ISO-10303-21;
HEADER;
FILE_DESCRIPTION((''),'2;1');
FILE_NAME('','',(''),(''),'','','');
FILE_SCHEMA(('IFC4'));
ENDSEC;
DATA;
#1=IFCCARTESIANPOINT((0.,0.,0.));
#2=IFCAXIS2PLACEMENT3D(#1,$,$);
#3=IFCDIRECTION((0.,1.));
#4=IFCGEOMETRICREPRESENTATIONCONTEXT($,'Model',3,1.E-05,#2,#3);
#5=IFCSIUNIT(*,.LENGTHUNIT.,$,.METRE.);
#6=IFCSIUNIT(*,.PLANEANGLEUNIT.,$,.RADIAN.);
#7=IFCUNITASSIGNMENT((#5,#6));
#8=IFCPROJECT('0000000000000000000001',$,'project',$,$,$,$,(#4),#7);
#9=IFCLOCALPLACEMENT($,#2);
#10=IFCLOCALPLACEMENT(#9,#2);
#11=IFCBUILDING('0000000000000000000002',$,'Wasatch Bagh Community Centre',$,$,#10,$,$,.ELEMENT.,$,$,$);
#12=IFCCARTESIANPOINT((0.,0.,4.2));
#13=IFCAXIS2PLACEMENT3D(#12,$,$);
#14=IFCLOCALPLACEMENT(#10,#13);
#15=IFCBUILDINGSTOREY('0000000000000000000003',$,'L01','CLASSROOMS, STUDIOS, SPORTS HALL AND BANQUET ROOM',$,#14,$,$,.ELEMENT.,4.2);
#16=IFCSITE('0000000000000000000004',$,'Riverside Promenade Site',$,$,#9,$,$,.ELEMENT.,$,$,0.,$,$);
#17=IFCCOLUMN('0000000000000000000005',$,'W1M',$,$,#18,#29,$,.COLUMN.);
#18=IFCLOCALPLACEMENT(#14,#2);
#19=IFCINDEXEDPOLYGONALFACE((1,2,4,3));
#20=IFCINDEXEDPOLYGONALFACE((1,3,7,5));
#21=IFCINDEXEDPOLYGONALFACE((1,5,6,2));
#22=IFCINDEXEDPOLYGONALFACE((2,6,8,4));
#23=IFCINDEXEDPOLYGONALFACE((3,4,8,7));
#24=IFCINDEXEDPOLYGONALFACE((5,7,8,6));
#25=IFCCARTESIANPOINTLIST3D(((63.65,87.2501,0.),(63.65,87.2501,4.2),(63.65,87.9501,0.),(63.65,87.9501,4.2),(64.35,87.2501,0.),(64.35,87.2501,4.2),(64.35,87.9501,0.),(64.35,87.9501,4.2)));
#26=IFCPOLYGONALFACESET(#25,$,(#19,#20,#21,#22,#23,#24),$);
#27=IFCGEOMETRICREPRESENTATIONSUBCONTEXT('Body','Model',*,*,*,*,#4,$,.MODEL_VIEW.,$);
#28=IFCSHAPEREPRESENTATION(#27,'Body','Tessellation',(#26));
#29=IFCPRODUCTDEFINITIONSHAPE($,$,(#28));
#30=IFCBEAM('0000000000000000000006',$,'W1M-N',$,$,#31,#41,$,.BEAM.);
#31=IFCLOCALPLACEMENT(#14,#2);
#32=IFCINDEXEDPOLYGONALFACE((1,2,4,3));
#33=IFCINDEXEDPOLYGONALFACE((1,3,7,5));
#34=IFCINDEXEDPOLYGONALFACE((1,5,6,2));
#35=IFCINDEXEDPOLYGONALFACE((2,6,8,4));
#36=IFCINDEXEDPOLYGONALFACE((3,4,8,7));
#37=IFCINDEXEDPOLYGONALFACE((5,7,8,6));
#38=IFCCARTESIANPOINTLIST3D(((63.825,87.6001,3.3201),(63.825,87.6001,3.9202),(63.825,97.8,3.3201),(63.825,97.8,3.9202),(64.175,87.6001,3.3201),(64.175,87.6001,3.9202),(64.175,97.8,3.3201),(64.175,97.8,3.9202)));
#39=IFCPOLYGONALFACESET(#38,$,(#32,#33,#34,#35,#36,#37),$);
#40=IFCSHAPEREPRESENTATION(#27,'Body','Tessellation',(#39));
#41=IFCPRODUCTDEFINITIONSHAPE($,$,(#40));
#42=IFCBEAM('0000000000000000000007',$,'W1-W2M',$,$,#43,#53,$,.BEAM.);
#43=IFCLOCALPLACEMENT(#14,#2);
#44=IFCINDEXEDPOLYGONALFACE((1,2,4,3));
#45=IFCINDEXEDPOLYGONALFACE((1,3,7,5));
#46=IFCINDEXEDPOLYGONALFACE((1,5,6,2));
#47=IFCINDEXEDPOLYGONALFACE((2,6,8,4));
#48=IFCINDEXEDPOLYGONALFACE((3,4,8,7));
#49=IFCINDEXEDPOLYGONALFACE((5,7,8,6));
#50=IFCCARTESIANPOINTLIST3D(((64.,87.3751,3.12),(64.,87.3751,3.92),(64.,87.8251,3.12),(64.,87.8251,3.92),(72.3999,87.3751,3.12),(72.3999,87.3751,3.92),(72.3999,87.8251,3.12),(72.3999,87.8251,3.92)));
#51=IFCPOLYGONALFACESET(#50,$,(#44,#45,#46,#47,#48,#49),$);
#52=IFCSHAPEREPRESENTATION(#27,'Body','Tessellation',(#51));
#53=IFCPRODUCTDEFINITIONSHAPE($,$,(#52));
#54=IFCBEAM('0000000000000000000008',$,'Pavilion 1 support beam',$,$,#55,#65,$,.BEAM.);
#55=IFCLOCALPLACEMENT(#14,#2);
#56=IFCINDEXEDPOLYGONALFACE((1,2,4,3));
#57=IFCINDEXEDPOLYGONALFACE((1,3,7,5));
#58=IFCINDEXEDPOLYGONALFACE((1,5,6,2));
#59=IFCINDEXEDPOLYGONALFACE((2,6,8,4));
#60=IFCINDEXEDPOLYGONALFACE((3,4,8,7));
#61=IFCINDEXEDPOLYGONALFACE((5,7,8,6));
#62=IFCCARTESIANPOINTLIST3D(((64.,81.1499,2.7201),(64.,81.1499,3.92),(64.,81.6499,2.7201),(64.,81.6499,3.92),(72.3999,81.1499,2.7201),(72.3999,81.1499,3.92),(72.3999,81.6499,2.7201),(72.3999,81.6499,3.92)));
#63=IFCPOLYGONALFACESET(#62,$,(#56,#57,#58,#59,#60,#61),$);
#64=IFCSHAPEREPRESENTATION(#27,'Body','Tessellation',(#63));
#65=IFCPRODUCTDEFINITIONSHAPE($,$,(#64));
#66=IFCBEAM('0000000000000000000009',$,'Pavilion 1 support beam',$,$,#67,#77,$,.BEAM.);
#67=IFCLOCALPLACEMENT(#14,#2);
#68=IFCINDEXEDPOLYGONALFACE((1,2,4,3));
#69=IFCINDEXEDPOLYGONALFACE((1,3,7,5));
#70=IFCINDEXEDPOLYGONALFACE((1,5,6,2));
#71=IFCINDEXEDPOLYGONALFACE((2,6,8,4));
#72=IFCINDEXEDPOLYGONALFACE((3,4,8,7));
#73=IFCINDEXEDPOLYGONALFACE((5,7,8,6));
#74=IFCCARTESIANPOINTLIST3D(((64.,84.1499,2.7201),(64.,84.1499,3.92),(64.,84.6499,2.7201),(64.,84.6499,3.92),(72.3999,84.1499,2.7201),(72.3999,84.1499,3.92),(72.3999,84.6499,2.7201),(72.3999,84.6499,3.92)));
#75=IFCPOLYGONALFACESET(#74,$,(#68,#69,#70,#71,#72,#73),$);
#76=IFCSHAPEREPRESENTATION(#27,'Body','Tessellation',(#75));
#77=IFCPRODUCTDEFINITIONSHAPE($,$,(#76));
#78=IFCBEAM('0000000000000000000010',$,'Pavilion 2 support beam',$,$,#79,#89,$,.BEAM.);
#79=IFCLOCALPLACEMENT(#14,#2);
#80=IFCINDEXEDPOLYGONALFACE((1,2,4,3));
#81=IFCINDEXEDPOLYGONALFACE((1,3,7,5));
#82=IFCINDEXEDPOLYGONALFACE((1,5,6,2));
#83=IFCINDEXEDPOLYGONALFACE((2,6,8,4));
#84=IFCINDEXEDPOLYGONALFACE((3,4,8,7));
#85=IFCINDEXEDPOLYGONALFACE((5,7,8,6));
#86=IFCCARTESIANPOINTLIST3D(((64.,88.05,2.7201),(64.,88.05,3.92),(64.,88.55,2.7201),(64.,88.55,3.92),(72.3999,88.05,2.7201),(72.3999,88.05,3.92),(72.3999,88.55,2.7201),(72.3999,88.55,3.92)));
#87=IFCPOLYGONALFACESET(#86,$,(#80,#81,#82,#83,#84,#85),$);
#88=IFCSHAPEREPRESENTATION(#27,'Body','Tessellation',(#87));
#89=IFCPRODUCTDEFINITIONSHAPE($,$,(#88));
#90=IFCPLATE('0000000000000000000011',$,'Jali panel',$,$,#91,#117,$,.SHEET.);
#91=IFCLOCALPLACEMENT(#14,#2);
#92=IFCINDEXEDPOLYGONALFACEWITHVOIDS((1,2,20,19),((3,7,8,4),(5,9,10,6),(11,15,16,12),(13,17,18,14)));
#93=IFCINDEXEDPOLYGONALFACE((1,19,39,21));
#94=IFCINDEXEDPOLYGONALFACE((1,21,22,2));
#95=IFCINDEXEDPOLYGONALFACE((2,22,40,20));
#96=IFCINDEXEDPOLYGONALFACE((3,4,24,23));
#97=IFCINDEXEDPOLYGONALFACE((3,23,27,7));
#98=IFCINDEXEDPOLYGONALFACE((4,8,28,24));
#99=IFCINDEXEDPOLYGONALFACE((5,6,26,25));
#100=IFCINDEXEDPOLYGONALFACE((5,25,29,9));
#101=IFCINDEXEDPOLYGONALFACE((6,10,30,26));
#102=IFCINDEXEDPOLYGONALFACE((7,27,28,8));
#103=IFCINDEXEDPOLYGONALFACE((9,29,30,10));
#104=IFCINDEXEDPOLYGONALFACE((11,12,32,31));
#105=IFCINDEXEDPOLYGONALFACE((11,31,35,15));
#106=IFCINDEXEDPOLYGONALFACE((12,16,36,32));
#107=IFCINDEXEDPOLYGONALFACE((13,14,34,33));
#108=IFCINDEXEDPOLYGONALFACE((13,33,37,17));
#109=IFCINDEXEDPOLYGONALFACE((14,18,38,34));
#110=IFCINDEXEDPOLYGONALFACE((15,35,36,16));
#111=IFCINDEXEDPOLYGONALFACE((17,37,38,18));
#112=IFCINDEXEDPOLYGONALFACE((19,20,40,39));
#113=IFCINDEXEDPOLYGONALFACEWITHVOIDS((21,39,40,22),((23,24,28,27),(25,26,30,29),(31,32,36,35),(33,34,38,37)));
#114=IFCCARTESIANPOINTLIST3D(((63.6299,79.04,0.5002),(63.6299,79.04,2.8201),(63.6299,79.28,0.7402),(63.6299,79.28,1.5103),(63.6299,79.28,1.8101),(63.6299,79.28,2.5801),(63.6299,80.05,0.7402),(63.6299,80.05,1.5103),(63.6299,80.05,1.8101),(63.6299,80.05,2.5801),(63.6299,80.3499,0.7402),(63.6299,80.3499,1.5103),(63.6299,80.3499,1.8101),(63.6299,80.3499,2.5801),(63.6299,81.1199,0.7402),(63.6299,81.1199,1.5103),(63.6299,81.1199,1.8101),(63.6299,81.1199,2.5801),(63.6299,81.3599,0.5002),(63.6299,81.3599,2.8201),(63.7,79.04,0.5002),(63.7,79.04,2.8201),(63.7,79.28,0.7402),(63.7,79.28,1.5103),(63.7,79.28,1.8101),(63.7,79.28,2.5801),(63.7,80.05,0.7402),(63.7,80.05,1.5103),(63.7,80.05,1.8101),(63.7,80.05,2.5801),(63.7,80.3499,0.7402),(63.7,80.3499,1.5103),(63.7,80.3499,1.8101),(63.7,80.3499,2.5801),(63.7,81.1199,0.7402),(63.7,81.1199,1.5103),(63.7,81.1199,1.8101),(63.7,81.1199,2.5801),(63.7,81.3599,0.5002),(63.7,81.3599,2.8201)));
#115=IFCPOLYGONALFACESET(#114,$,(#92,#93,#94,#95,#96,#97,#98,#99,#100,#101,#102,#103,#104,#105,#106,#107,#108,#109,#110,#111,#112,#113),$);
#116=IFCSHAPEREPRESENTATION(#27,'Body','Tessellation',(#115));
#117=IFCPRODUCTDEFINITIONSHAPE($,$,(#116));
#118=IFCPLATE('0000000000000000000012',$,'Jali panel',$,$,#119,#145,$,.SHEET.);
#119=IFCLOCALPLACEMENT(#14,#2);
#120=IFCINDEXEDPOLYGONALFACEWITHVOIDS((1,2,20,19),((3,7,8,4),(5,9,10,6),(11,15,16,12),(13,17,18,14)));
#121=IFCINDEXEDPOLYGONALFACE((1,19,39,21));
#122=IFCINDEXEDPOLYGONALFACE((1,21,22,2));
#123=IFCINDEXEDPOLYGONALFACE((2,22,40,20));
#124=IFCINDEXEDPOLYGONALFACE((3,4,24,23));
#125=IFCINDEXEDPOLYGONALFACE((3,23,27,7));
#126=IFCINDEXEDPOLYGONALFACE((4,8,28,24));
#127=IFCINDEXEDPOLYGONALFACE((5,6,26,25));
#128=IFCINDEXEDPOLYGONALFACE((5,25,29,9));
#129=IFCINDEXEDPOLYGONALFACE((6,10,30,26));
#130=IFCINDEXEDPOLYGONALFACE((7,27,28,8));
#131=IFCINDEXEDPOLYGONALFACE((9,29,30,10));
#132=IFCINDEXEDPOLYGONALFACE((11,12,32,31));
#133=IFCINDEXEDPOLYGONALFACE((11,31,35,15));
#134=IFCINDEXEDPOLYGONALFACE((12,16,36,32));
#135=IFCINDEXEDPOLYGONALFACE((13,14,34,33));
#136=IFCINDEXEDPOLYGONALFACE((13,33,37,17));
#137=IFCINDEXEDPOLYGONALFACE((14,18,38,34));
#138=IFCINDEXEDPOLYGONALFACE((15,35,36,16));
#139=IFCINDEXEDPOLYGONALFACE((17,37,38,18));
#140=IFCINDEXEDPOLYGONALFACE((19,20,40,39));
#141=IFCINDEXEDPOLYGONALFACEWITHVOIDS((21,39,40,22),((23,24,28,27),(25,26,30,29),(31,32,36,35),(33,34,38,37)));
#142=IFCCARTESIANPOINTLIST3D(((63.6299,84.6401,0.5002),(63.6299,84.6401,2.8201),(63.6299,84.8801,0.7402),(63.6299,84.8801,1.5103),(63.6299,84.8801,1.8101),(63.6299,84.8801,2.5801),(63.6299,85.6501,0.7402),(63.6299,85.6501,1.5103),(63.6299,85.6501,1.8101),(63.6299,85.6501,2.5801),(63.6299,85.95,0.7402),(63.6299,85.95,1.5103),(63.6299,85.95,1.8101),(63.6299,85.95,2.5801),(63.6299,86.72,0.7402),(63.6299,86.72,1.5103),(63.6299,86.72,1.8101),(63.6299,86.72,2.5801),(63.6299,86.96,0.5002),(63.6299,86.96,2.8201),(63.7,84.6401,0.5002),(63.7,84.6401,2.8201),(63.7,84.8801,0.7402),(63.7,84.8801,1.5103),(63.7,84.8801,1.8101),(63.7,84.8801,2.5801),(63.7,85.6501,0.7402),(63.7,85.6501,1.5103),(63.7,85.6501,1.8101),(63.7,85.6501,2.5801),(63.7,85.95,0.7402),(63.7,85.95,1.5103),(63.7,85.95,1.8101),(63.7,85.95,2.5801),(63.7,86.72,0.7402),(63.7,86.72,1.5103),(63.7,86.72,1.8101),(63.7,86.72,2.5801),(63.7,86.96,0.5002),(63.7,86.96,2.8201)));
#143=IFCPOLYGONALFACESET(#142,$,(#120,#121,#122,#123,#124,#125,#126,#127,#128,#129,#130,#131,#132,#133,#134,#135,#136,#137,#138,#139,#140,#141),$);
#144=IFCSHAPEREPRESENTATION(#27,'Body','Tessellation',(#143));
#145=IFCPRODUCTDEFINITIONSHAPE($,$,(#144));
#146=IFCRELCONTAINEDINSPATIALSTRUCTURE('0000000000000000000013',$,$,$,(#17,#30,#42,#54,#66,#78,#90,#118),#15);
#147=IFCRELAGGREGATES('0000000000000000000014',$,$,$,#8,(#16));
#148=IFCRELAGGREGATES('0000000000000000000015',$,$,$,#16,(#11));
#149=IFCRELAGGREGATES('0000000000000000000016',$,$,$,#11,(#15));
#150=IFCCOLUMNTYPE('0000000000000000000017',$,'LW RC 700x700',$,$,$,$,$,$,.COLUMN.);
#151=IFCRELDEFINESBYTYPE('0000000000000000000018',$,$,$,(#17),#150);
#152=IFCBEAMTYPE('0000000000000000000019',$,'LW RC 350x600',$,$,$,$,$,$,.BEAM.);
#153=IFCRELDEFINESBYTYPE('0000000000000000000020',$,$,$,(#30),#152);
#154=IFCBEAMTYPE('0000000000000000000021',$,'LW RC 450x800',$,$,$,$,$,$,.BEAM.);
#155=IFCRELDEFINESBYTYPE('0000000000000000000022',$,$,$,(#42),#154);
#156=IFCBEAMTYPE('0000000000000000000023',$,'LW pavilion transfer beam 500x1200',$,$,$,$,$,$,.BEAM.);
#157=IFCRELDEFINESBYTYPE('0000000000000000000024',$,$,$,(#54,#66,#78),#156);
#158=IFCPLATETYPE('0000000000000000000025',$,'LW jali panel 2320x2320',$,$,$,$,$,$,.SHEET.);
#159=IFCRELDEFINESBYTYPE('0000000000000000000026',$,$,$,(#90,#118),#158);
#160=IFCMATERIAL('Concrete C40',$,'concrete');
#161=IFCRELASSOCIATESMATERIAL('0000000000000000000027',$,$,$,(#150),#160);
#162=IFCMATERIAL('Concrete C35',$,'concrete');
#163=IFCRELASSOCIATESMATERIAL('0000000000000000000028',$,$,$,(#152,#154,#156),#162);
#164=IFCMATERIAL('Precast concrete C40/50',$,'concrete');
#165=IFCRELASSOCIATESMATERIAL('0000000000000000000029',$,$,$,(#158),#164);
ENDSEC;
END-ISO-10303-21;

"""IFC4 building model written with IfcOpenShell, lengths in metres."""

from ifc_helpers import new_model, si_unit, direction, frame, origin, origin_2d, place, context, subcontext, project, spatial, polyline, rectangle, outline, extrude, material, material_profile, profile_set, type_object, element, save


model = new_model("IFC4")

# Units and contexts
model_context = context("Model", 3, precision=1e-05, world=origin(), true_north=direction((0.0, 1.0)))
body_context = subcontext(model_context, "Body", "Model", "MODEL_VIEW")
ifc_project = project(units=[si_unit("LENGTHUNIT", "METRE"), si_unit("PLANEANGLEUNIT", "RADIAN")], contexts=[model_context])

# Site, building, storey
site_placement = place(None, origin())
site = spatial("IfcSite", under=ifc_project, at=site_placement, Name="Riverside Promenade Site", CompositionType="ELEMENT", RefElevation=0.0)
building_placement = place(site_placement, origin())
building = spatial("IfcBuilding", under=site, at=building_placement, Name="Wasatch Bagh Community Centre", CompositionType="ELEMENT")
storey_placement = place(building_placement, frame((0.0, 0.0, 4.2)))
storey = spatial("IfcBuildingStorey", under=building, at=storey_placement, Name="L01", Description="CLASSROOMS, STUDIOS, SPORTS HALL AND BANQUET ROOM", CompositionType="ELEMENT", Elevation=4.2)

# Column
ifc_material_1 = material(Name="Concrete C40", Category="concrete")
ifc_material_profile_1 = material_profile(ifc_material_1, rectangle(XDim=0.7, YDim=0.7, at=origin_2d()), Name="RC 700x700")
ifc_profile_set_1 = profile_set([ifc_material_profile_1], Name="Concrete C40")
column_type = type_object("IfcColumnType", Name="LW RC 700x700", PredefinedType="COLUMN", material=ifc_profile_set_1)
column_placement = place(storey_placement, frame((64.0, 87.6001, 0.0), z_axis=(0.0, 0.0, 1.0), x_axis=(1.0, 0.0, 0.0)))
element("IfcColumn", 1, at=column_placement, inside=storey, type_object=column_type, Name="W1M", PredefinedType="COLUMN", context=body_context, shape_type="SweptSolid", body=[
    extrude(rectangle(XDim=0.7, YDim=0.7, at=origin_2d()), origin(), (0.0, 0.0, 1.0), 4.2),
])

# Beams
ifc_material_2 = material(Name="Concrete C35", Category="concrete")
ifc_material_profile_2 = material_profile(ifc_material_2, rectangle(XDim=0.3501, YDim=0.6001, at=origin_2d()), Name="RC 350x600")
ifc_profile_set_2 = profile_set([ifc_material_profile_2], Name="Concrete C35")
beam_type_1 = type_object("IfcBeamType", Name="LW RC 350x600", PredefinedType="BEAM", material=ifc_profile_set_2)
beam_1_placement = place(storey_placement, frame((64.0, 87.6001, 3.6201), z_axis=(0.0, 1.0, 0.0), x_axis=(-1.0, 0.0, 0.0)))
element("IfcBeam", 2, at=beam_1_placement, inside=storey, type_object=beam_type_1, Name="W1M-N", PredefinedType="BEAM", context=body_context, shape_type="SweptSolid", body=[
    extrude(rectangle(XDim=0.3501, YDim=0.6001, at=origin_2d()), origin(), (0.0, 0.0, 1.0), 10.2),
])
ifc_material_profile_3 = material_profile(ifc_material_2, rectangle(XDim=0.45, YDim=0.8, at=origin_2d()), Name="RC 450x800")
ifc_profile_set_3 = profile_set([ifc_material_profile_3], Name="Concrete C35")
beam_type_2 = type_object("IfcBeamType", Name="LW RC 450x800", PredefinedType="BEAM", material=ifc_profile_set_3)
beam_2_placement = place(storey_placement, frame((64.0, 87.6001, 3.52), z_axis=(1.0, 0.0, 0.0), x_axis=(0.0, 1.0, 0.0)))
element("IfcBeam", 3, at=beam_2_placement, inside=storey, type_object=beam_type_2, Name="W1-W2M", PredefinedType="BEAM", context=body_context, shape_type="SweptSolid", body=[
    extrude(rectangle(XDim=0.45, YDim=0.8, at=origin_2d()), origin(), (0.0, 0.0, 1.0), 8.3999),
])
ifc_material_profile_4 = material_profile(ifc_material_2, rectangle(XDim=0.5, YDim=1.2, at=origin_2d()), Name="RC 500x1200")
ifc_profile_set_4 = profile_set([ifc_material_profile_4], Name="Concrete C35")
beam_type_3 = type_object("IfcBeamType", Name="LW pavilion transfer beam 500x1200", PredefinedType="BEAM", material=ifc_profile_set_4)
for number, where, z_axis, x_axis, name in (
    (4, (64.0, 81.3999, 3.3201), (1.0, 0.0, 0.0), (0.0, 1.0, 0.0), "Pavilion 1 support beam"),
    (5, (64.0, 84.3999, 3.3201), (1.0, 0.0, 0.0), (0.0, 1.0, 0.0), "Pavilion 1 support beam"),
    (6, (64.0, 88.3, 3.3201), (1.0, 0.0, 0.0), (0.0, 1.0, 0.0), "Pavilion 2 support beam"),
):
    element("IfcBeam", number, at=place(storey_placement, frame(where, z_axis=z_axis, x_axis=x_axis)), inside=storey, type_object=beam_type_3, Name=name, PredefinedType="BEAM", context=body_context, shape_type="SweptSolid", body=[
        extrude(rectangle(XDim=0.5, YDim=1.2, at=origin_2d()), origin(), (0.0, 0.0, 1.0), 8.3999),
    ])

# Plates
ifc_material_3 = material(Name="Precast concrete C40/50", Category="concrete")
ifc_material_profile_5 = material_profile(ifc_material_3, outline(polyline([(-1.1599, -1.1599), (1.1599, -1.1599), (1.1599, 1.1599), (-1.1599, 1.1599), (-1.1599, -1.1599)]), holes=[polyline([(-0.9199, -0.9199), (-0.1499, -0.9199), (-0.1499, -0.1499), (-0.9199, -0.1499), (-0.9199, -0.9199)]), polyline([(-0.9199, 0.1499), (-0.1499, 0.1499), (-0.1499, 0.9199), (-0.9199, 0.9199), (-0.9199, 0.1499)]), polyline([(0.1499, -0.9199), (0.9199, -0.9199), (0.9199, -0.1499), (0.1499, -0.1499), (0.1499, -0.9199)]), polyline([(0.1499, 0.1499), (0.9199, 0.1499), (0.9199, 0.9199), (0.1499, 0.9199), (0.1499, 0.1499)])]), Name="Jali lattice")
ifc_profile_set_5 = profile_set([ifc_material_profile_5], Name="Precast concrete C40/50")
plate_type = type_object("IfcPlateType", Name="LW jali panel 2320x2320", PredefinedType="SHEET", material=ifc_profile_set_5)
for number, where, z_axis, x_axis, name in (
    (7, (63.7, 80.2, 1.6602), (-1.0, 0.0, 0.0), (0.0, -1.0, 0.0), "Jali panel"),
    (8, (63.7, 85.8, 1.6602), (-1.0, 0.0, 0.0), (0.0, -1.0, 0.0), "Jali panel"),
):
    element("IfcPlate", number, at=place(storey_placement, frame(where, z_axis=z_axis, x_axis=x_axis)), inside=storey, type_object=plate_type, Name=name, PredefinedType="SHEET", context=body_context, shape_type="SweptSolid", body=[
        extrude(outline(polyline([(-1.1599, -1.1599), (1.1599, -1.1599), (1.1599, 1.1599), (-1.1599, 1.1599), (-1.1599, -1.1599)]), holes=[polyline([(-0.9199, -0.9199), (-0.1499, -0.9199), (-0.1499, -0.1499), (-0.9199, -0.1499), (-0.9199, -0.9199)]), polyline([(-0.9199, 0.1499), (-0.1499, 0.1499), (-0.1499, 0.9199), (-0.9199, 0.9199), (-0.9199, 0.1499)]), polyline([(0.1499, -0.9199), (0.9199, -0.9199), (0.9199, -0.1499), (0.1499, -0.1499), (0.1499, -0.9199)]), polyline([(0.1499, 0.1499), (0.9199, 0.1499), (0.9199, 0.9199), (0.1499, 0.9199), (0.1499, 0.1499)])]), origin(), (0.0, 0.0, 1.0), 0.0701),
    ])

save(model, "model.ifc")
